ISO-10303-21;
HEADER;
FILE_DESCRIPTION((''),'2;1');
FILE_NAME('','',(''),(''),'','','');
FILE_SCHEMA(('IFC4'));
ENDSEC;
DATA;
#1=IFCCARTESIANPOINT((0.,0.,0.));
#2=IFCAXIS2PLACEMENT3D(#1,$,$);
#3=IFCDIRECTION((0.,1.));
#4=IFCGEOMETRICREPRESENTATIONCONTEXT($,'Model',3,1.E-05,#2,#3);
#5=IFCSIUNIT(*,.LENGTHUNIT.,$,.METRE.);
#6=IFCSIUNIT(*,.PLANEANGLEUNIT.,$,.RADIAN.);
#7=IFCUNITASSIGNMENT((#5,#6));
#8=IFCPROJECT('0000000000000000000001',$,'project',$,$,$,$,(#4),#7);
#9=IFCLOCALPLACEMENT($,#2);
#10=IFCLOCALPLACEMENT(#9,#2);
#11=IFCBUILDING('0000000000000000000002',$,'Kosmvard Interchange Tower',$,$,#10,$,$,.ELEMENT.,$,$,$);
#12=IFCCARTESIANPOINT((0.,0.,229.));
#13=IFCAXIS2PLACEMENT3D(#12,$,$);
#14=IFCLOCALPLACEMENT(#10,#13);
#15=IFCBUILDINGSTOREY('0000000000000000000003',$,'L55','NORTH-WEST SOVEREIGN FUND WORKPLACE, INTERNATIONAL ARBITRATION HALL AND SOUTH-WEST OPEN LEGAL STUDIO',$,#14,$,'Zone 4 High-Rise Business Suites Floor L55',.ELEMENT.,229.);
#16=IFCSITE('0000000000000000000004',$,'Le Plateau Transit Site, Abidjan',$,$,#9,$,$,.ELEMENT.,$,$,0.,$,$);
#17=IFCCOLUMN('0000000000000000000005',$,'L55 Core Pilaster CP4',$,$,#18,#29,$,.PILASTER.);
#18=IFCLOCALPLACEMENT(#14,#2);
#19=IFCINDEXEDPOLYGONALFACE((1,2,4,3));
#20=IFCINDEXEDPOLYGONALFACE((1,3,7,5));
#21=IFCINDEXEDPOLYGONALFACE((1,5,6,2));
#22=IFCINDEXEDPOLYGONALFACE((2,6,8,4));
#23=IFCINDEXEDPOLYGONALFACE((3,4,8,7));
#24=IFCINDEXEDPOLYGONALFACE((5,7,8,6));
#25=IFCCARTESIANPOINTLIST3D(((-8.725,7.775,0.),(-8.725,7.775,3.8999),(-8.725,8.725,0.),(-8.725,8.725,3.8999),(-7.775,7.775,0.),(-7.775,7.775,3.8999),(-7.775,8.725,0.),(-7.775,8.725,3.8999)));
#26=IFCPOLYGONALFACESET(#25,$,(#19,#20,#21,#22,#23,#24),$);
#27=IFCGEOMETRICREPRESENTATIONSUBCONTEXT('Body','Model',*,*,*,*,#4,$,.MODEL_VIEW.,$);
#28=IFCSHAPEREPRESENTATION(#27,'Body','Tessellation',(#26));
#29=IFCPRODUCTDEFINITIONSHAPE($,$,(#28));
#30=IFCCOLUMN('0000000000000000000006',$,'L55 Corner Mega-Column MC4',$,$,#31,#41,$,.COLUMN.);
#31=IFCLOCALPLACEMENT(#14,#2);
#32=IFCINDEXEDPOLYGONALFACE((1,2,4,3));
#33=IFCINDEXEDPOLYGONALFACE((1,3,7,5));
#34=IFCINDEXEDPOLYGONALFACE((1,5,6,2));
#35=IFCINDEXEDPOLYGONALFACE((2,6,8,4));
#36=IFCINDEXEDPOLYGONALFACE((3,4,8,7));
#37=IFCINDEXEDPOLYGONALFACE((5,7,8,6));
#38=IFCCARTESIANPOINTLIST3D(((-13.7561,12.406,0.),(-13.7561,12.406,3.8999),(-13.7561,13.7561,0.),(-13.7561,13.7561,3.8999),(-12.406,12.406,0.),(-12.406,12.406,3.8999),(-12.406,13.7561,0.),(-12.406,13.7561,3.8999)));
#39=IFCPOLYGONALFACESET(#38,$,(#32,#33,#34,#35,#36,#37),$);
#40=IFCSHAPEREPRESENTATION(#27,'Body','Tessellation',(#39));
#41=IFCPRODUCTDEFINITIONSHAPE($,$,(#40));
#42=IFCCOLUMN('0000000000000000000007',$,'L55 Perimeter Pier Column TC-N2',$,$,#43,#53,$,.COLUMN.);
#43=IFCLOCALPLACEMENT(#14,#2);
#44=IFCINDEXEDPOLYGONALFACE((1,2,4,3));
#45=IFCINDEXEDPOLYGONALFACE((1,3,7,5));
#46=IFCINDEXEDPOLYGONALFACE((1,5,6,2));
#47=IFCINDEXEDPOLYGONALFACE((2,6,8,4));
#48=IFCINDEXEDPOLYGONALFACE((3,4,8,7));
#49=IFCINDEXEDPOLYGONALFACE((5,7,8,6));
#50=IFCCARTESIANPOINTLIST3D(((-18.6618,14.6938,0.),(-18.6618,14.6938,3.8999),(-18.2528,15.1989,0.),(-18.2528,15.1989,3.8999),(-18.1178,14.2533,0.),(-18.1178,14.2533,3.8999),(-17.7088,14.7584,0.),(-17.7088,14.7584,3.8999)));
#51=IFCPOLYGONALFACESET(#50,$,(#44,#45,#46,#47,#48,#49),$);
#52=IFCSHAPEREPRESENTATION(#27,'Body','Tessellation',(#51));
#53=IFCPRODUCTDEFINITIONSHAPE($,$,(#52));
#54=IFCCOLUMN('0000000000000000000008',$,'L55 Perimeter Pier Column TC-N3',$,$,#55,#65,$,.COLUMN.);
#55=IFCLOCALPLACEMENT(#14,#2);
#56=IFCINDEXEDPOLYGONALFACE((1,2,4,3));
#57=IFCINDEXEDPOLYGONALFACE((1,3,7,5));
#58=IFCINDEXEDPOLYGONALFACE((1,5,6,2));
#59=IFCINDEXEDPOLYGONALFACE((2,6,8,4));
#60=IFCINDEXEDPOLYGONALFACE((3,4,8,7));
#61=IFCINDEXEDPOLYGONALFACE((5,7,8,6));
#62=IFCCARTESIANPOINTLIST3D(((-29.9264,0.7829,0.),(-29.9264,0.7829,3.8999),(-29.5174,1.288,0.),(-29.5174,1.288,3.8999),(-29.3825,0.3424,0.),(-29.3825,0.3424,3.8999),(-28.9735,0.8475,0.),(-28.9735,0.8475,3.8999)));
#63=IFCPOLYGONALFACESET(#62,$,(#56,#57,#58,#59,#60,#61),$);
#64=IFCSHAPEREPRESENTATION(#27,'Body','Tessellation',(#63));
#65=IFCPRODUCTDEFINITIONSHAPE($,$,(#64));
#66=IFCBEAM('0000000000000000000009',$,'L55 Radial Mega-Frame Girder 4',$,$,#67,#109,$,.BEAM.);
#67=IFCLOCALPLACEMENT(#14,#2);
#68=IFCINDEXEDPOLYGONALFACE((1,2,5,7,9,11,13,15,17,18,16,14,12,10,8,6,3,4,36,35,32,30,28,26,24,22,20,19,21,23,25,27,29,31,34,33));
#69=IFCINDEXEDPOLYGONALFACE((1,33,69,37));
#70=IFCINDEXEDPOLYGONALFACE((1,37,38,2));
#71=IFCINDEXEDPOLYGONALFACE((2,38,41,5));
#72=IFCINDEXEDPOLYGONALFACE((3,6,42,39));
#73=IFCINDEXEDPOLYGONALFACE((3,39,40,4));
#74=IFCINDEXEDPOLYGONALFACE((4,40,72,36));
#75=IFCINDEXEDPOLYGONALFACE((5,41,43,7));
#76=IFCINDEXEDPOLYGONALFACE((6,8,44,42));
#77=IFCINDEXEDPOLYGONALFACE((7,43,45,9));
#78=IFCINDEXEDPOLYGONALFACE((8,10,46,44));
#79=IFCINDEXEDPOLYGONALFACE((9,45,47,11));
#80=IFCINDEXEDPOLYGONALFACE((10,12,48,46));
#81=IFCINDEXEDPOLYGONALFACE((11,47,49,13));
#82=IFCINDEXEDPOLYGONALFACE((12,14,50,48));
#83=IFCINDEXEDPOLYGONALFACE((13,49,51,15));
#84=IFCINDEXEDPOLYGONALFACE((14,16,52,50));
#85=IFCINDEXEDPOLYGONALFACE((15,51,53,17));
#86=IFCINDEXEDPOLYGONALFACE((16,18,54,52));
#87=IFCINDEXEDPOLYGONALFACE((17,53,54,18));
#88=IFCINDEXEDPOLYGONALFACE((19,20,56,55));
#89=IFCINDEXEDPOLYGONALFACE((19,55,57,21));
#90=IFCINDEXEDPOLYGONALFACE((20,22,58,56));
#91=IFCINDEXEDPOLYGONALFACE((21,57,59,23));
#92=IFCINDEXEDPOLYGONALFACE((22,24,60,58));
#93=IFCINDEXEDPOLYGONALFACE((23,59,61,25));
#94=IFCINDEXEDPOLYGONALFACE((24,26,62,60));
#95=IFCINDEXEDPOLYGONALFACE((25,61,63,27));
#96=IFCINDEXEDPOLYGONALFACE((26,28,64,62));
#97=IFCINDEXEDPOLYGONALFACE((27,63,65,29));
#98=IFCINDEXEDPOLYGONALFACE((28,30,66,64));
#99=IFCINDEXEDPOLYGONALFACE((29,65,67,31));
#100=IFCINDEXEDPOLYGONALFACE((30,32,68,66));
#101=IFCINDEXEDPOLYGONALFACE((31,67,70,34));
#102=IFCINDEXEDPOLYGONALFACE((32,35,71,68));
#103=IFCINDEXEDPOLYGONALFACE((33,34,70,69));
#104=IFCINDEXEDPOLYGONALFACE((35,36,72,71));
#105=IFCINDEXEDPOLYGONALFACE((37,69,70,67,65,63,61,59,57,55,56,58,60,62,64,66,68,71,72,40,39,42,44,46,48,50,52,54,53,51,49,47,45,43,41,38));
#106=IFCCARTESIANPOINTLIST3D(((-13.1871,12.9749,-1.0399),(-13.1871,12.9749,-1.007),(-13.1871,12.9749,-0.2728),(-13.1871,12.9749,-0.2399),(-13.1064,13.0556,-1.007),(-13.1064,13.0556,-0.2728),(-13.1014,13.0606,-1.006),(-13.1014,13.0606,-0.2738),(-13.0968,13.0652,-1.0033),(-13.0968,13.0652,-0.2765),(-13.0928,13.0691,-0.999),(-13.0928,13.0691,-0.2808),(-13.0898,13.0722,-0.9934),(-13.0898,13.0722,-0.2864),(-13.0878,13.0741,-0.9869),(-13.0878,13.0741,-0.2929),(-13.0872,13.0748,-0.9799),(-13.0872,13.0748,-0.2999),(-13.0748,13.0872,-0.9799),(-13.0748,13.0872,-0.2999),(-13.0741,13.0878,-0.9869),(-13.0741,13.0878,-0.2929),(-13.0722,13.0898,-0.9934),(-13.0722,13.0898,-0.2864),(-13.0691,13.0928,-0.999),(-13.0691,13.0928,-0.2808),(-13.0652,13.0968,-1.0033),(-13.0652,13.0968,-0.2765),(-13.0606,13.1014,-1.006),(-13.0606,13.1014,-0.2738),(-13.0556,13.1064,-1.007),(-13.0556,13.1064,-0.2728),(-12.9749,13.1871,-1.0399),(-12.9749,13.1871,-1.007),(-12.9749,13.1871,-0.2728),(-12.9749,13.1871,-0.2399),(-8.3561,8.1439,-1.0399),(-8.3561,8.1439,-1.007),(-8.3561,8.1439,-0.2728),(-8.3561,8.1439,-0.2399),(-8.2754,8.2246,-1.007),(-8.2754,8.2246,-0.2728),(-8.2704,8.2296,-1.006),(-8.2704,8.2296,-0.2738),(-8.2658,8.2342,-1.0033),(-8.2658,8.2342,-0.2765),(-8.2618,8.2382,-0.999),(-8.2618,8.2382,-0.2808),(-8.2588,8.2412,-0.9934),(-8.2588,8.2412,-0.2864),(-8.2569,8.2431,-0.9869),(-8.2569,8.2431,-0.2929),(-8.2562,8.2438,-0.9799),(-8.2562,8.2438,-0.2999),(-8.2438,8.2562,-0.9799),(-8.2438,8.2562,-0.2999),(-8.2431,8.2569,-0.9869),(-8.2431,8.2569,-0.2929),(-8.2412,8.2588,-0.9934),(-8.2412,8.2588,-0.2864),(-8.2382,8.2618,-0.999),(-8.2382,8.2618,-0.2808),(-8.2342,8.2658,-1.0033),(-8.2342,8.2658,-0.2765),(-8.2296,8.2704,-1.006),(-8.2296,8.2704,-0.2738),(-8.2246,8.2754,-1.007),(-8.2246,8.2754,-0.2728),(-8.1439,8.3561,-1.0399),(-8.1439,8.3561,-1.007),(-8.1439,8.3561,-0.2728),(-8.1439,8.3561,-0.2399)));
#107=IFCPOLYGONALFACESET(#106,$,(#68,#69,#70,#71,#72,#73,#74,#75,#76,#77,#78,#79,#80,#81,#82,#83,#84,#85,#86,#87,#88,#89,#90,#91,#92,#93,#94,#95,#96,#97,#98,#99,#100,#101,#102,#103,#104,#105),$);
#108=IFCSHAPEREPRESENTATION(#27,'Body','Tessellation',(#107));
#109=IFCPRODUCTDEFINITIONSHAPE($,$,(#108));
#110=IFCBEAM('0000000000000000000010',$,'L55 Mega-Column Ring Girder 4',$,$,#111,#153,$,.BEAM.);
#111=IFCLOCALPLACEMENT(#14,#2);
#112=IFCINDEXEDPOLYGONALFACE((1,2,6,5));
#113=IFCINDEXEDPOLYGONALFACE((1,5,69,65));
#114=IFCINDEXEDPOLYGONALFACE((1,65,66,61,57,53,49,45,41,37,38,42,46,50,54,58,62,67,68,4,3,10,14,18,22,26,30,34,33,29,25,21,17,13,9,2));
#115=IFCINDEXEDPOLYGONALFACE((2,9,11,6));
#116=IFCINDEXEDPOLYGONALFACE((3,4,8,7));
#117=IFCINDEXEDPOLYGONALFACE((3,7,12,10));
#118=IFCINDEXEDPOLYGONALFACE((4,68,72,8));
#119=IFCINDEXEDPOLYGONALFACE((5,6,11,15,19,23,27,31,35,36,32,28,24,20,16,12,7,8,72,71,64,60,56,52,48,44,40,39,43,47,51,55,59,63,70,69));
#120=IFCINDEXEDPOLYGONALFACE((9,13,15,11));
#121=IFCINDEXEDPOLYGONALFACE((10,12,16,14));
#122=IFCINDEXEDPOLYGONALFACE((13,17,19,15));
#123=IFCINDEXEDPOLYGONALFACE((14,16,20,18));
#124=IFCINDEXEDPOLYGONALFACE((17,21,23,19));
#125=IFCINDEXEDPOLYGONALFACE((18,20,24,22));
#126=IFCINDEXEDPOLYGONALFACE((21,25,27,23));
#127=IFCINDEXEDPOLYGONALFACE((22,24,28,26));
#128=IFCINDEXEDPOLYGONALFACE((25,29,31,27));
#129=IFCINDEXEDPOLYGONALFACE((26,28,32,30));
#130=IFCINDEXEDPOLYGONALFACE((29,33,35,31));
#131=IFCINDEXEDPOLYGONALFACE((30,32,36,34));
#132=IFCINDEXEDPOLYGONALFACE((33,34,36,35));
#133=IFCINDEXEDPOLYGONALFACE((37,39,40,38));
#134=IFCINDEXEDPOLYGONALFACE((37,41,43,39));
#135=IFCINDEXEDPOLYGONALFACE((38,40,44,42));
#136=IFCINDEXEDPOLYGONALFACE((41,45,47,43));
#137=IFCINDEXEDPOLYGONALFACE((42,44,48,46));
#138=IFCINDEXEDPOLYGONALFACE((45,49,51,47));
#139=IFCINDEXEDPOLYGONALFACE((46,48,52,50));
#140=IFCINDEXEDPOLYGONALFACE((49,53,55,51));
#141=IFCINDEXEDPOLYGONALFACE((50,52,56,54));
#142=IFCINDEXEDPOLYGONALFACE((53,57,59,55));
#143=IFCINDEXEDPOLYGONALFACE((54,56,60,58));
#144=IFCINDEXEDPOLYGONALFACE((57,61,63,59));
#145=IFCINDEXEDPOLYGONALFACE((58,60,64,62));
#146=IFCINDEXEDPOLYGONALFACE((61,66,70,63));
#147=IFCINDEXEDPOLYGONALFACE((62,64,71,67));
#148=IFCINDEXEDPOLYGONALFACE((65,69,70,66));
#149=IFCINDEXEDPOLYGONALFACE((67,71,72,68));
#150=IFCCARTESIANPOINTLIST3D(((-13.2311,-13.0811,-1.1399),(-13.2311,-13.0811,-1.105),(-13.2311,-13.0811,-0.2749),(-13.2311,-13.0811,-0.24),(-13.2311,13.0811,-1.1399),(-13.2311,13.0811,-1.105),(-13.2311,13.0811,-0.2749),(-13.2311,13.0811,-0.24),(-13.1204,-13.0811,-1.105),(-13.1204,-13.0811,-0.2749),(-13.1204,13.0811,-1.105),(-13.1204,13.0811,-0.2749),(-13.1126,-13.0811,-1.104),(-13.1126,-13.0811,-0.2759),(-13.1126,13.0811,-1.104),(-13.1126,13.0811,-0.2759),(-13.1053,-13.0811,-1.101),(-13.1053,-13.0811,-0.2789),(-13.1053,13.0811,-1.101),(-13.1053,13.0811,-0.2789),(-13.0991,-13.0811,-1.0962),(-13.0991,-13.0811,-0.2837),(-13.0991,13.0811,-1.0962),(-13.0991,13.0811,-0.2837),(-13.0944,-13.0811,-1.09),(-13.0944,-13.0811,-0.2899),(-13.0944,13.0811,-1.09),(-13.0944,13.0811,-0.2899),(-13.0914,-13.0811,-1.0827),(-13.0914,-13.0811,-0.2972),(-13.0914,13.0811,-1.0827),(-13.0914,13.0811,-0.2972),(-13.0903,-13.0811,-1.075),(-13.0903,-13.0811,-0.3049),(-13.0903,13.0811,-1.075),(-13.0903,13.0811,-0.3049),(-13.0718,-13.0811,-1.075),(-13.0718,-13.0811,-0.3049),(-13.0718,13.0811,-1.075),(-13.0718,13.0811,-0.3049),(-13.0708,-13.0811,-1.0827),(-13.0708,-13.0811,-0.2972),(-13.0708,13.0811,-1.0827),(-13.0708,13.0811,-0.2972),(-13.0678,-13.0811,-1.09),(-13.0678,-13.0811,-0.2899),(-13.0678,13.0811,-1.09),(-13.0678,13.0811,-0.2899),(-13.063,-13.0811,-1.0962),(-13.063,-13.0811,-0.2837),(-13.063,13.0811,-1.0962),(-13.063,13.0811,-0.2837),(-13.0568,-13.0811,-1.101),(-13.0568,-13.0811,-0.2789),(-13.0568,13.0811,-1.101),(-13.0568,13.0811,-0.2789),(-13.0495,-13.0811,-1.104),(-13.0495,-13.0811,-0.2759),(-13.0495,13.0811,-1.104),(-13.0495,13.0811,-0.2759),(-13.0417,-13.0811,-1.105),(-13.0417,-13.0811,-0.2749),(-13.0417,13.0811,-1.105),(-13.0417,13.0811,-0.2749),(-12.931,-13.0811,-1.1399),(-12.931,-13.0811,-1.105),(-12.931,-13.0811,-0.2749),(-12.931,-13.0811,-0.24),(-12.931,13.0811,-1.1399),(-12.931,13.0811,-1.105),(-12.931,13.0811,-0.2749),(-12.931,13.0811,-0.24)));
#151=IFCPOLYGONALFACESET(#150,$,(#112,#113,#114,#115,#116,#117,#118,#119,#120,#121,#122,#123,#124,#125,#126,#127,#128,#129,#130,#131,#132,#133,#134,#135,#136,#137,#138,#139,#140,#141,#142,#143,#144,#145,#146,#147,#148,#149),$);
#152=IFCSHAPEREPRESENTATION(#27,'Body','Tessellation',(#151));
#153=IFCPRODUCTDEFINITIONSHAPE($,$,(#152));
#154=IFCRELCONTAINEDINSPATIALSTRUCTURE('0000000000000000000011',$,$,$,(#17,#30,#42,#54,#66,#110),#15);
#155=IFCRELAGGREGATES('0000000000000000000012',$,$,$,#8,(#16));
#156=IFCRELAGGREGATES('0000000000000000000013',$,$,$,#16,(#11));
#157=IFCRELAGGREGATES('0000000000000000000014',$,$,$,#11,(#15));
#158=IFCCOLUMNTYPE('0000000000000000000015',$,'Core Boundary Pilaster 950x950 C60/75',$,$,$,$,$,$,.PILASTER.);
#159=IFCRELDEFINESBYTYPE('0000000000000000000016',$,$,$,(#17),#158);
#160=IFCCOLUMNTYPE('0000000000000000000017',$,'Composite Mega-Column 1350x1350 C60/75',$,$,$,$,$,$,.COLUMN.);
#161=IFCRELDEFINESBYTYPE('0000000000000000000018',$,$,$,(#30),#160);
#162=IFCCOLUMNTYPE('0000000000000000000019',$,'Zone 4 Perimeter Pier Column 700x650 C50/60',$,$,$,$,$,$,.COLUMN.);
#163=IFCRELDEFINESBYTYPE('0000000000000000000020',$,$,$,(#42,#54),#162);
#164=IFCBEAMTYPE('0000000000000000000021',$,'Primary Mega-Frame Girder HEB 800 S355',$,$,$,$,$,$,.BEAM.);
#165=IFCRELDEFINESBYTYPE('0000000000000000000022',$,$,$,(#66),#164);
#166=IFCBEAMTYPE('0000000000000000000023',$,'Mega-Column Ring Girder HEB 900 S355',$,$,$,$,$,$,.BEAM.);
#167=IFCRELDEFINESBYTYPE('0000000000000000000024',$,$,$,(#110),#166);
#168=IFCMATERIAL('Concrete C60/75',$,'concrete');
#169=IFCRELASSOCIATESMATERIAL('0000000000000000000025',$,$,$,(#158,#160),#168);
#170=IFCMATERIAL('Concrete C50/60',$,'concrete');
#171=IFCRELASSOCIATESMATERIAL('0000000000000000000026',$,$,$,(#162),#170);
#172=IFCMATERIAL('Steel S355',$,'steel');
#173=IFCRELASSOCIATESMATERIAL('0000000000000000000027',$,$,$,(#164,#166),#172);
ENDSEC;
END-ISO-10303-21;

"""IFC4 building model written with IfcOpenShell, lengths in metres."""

from ifc_helpers import new_model, si_unit, direction, frame, origin, origin_2d, place, context, subcontext, project, spatial, rectangle, i_section, extrude, source, transform, mapped, material, material_profile, profile_set, type_object, element, save


model = new_model("IFC4")

# Units and contexts
model_context = context("Model", 3, precision=1e-05, world=origin(), true_north=direction((0.0, 1.0)))
body_context = subcontext(model_context, "Body", "Model", "MODEL_VIEW")
ifc_project = project(units=[si_unit("LENGTHUNIT", "METRE"), si_unit("PLANEANGLEUNIT", "RADIAN")], contexts=[model_context])

# Site, building, storey
site_placement = place(None, origin())
site = spatial("IfcSite", under=ifc_project, at=site_placement, Name="Le Plateau Transit Site, Abidjan", CompositionType="ELEMENT", RefElevation=0.0)
building_placement = place(site_placement, origin())
building = spatial("IfcBuilding", under=site, at=building_placement, Name="Kosmvard Interchange Tower", CompositionType="ELEMENT")
storey_placement = place(building_placement, frame((0.0, 0.0, 229.0)))
storey = spatial("IfcBuildingStorey", under=building, at=storey_placement, Name="L55", Description="NORTH-WEST SOVEREIGN FUND WORKPLACE, INTERNATIONAL ARBITRATION HALL AND SOUTH-WEST OPEN LEGAL STUDIO", LongName="Zone 4 High-Rise Business Suites Floor L55", CompositionType="ELEMENT", Elevation=229.0)

# Columns
ifc_material_1 = material(Name="Concrete C60/75", Category="concrete")
ifc_material_profile_1 = material_profile(ifc_material_1, rectangle(XDim=0.95, YDim=0.95, at=origin_2d()), Name="CP 950x950")
ifc_profile_set_1 = profile_set([ifc_material_profile_1], Name="Concrete C60/75")
column_type_1 = type_object("IfcColumnType", Name="Core Boundary Pilaster 950x950 C60/75", PredefinedType="PILASTER", material=ifc_profile_set_1)
shared_shape_1 = source(origin(), body_context, "Body", "SweptSolid", [
    extrude(rectangle(XDim=0.95, YDim=0.95, at=origin_2d()), origin(), (0.0, 0.0, 1.0), 3.8999),
])
column_1_placement = place(storey_placement, frame((-8.25, 8.25, 0.0), z_axis=(0.0, 0.0, 1.0), x_axis=(1.0, 0.0, 0.0)))
element("IfcColumn", 1, at=column_1_placement, inside=storey, type_object=column_type_1, Name="L55 Core Pilaster CP4", PredefinedType="PILASTER", context=body_context, shape_type="MappedRepresentation", body=[
    mapped(shared_shape_1, transform((0.0, 0.0, 0.0), scale=1.0)),
])
ifc_material_profile_2 = material_profile(ifc_material_1, rectangle(XDim=1.3501, YDim=1.3501, at=origin_2d()), Name="MC 1350x1350")
ifc_profile_set_2 = profile_set([ifc_material_profile_2], Name="Concrete C60/75")
column_type_2 = type_object("IfcColumnType", Name="Composite Mega-Column 1350x1350 C60/75", PredefinedType="COLUMN", material=ifc_profile_set_2)
shared_shape_2 = source(origin(), body_context, "Body", "SweptSolid", [
    extrude(rectangle(XDim=1.3501, YDim=1.3501, at=origin_2d()), origin(), (0.0, 0.0, 1.0), 3.8999),
])
column_2_placement = place(storey_placement, frame((-13.0811, 13.0811, 0.0), z_axis=(0.0, 0.0, 1.0), x_axis=(1.0, 0.0, 0.0)))
element("IfcColumn", 2, at=column_2_placement, inside=storey, type_object=column_type_2, Name="L55 Corner Mega-Column MC4", PredefinedType="COLUMN", context=body_context, shape_type="MappedRepresentation", body=[
    mapped(shared_shape_2, transform((0.0, 0.0, 0.0), scale=1.0)),
])
ifc_material_2 = material(Name="Concrete C50/60", Category="concrete")
ifc_material_profile_3 = material_profile(ifc_material_2, rectangle(XDim=0.6499, YDim=0.7, at=origin_2d()), Name="TC 700x650")
ifc_profile_set_3 = profile_set([ifc_material_profile_3], Name="Concrete C50/60")
column_type_3 = type_object("IfcColumnType", Name="Zone 4 Perimeter Pier Column 700x650 C50/60", PredefinedType="COLUMN", material=ifc_profile_set_3)
shared_shape_3 = source(origin(), body_context, "Body", "SweptSolid", [
    extrude(rectangle(XDim=0.6499, YDim=0.7, at=origin_2d()), origin(), (0.0, 0.0, 1.0), 3.8999),
])
for number, where, z_axis, x_axis, name in (
    (3, (-18.1853, 14.7261, 0.0), (0.0, 0.0, 1.0), (0.62932, 0.777146, 0.0), "L55 Perimeter Pier Column TC-N2"),
    (4, (-29.45, 0.8152, 0.0), (0.0, 0.0, 1.0), (0.62932, 0.777146, 0.0), "L55 Perimeter Pier Column TC-N3"),
):
    element("IfcColumn", number, at=place(storey_placement, frame(where, z_axis=z_axis, x_axis=x_axis)), inside=storey, type_object=column_type_3, Name=name, PredefinedType="COLUMN", context=body_context, shape_type="MappedRepresentation", body=[
        mapped(shared_shape_3, transform((0.0, 0.0, 0.0), scale=1.0)),
    ])

# Beams
ifc_material_3 = material(Name="Steel S355", Category="steel")
ifc_material_profile_4 = material_profile(ifc_material_3, i_section(OverallWidth=0.3, OverallDepth=0.8, WebThickness=0.0176, FlangeThickness=0.033, FilletRadius=0.0271, at=origin_2d()), Name="HEB 800")
ifc_profile_set_4 = profile_set([ifc_material_profile_4], Name="Steel S355")
beam_type_1 = type_object("IfcBeamType", Name="Primary Mega-Frame Girder HEB 800 S355", PredefinedType="BEAM", material=ifc_profile_set_4)
shared_shape_4 = source(origin(), body_context, "Body", "SweptSolid", [
    extrude(i_section(OverallWidth=0.3, OverallDepth=0.8, WebThickness=0.0176, FlangeThickness=0.033, FilletRadius=0.0271, at=origin_2d()), origin(), (0.0, 0.0, 1.0), 6.832),
])
beam_1_placement = place(storey_placement, frame((-8.25, 8.25, -0.6399), z_axis=(-0.707107, 0.707107, 0.0), x_axis=(-0.707107, -0.707107, 0.0)))
element("IfcBeam", 5, at=beam_1_placement, inside=storey, type_object=beam_type_1, Name="L55 Radial Mega-Frame Girder 4", PredefinedType="BEAM", context=body_context, shape_type="MappedRepresentation", body=[
    mapped(shared_shape_4, transform((0.0, 0.0, 0.0), scale=1.0)),
])
ifc_material_profile_5 = material_profile(ifc_material_3, i_section(OverallWidth=0.3, OverallDepth=0.8999, WebThickness=0.0186, FlangeThickness=0.0349, FilletRadius=0.03, at=origin_2d()), Name="HEB 900")
ifc_profile_set_5 = profile_set([ifc_material_profile_5], Name="Steel S355")
beam_type_2 = type_object("IfcBeamType", Name="Mega-Column Ring Girder HEB 900 S355", PredefinedType="BEAM", material=ifc_profile_set_5)
shared_shape_5 = source(origin(), body_context, "Body", "SweptSolid", [
    extrude(i_section(OverallWidth=0.3, OverallDepth=0.8999, WebThickness=0.0186, FlangeThickness=0.0349, FilletRadius=0.03, at=origin_2d()), origin(), (0.0, 0.0, 1.0), 26.1621),
])
beam_2_placement = place(storey_placement, frame((-13.0811, 13.0811, -0.6899), z_axis=(0.0, -1.0, 0.0), x_axis=(1.0, 0.0, 0.0)))
element("IfcBeam", 6, at=beam_2_placement, inside=storey, type_object=beam_type_2, Name="L55 Mega-Column Ring Girder 4", PredefinedType="BEAM", context=body_context, shape_type="MappedRepresentation", body=[
    mapped(shared_shape_5, transform((0.0, 0.0, 0.0), scale=1.0)),
])

save(model, "model.ifc")
